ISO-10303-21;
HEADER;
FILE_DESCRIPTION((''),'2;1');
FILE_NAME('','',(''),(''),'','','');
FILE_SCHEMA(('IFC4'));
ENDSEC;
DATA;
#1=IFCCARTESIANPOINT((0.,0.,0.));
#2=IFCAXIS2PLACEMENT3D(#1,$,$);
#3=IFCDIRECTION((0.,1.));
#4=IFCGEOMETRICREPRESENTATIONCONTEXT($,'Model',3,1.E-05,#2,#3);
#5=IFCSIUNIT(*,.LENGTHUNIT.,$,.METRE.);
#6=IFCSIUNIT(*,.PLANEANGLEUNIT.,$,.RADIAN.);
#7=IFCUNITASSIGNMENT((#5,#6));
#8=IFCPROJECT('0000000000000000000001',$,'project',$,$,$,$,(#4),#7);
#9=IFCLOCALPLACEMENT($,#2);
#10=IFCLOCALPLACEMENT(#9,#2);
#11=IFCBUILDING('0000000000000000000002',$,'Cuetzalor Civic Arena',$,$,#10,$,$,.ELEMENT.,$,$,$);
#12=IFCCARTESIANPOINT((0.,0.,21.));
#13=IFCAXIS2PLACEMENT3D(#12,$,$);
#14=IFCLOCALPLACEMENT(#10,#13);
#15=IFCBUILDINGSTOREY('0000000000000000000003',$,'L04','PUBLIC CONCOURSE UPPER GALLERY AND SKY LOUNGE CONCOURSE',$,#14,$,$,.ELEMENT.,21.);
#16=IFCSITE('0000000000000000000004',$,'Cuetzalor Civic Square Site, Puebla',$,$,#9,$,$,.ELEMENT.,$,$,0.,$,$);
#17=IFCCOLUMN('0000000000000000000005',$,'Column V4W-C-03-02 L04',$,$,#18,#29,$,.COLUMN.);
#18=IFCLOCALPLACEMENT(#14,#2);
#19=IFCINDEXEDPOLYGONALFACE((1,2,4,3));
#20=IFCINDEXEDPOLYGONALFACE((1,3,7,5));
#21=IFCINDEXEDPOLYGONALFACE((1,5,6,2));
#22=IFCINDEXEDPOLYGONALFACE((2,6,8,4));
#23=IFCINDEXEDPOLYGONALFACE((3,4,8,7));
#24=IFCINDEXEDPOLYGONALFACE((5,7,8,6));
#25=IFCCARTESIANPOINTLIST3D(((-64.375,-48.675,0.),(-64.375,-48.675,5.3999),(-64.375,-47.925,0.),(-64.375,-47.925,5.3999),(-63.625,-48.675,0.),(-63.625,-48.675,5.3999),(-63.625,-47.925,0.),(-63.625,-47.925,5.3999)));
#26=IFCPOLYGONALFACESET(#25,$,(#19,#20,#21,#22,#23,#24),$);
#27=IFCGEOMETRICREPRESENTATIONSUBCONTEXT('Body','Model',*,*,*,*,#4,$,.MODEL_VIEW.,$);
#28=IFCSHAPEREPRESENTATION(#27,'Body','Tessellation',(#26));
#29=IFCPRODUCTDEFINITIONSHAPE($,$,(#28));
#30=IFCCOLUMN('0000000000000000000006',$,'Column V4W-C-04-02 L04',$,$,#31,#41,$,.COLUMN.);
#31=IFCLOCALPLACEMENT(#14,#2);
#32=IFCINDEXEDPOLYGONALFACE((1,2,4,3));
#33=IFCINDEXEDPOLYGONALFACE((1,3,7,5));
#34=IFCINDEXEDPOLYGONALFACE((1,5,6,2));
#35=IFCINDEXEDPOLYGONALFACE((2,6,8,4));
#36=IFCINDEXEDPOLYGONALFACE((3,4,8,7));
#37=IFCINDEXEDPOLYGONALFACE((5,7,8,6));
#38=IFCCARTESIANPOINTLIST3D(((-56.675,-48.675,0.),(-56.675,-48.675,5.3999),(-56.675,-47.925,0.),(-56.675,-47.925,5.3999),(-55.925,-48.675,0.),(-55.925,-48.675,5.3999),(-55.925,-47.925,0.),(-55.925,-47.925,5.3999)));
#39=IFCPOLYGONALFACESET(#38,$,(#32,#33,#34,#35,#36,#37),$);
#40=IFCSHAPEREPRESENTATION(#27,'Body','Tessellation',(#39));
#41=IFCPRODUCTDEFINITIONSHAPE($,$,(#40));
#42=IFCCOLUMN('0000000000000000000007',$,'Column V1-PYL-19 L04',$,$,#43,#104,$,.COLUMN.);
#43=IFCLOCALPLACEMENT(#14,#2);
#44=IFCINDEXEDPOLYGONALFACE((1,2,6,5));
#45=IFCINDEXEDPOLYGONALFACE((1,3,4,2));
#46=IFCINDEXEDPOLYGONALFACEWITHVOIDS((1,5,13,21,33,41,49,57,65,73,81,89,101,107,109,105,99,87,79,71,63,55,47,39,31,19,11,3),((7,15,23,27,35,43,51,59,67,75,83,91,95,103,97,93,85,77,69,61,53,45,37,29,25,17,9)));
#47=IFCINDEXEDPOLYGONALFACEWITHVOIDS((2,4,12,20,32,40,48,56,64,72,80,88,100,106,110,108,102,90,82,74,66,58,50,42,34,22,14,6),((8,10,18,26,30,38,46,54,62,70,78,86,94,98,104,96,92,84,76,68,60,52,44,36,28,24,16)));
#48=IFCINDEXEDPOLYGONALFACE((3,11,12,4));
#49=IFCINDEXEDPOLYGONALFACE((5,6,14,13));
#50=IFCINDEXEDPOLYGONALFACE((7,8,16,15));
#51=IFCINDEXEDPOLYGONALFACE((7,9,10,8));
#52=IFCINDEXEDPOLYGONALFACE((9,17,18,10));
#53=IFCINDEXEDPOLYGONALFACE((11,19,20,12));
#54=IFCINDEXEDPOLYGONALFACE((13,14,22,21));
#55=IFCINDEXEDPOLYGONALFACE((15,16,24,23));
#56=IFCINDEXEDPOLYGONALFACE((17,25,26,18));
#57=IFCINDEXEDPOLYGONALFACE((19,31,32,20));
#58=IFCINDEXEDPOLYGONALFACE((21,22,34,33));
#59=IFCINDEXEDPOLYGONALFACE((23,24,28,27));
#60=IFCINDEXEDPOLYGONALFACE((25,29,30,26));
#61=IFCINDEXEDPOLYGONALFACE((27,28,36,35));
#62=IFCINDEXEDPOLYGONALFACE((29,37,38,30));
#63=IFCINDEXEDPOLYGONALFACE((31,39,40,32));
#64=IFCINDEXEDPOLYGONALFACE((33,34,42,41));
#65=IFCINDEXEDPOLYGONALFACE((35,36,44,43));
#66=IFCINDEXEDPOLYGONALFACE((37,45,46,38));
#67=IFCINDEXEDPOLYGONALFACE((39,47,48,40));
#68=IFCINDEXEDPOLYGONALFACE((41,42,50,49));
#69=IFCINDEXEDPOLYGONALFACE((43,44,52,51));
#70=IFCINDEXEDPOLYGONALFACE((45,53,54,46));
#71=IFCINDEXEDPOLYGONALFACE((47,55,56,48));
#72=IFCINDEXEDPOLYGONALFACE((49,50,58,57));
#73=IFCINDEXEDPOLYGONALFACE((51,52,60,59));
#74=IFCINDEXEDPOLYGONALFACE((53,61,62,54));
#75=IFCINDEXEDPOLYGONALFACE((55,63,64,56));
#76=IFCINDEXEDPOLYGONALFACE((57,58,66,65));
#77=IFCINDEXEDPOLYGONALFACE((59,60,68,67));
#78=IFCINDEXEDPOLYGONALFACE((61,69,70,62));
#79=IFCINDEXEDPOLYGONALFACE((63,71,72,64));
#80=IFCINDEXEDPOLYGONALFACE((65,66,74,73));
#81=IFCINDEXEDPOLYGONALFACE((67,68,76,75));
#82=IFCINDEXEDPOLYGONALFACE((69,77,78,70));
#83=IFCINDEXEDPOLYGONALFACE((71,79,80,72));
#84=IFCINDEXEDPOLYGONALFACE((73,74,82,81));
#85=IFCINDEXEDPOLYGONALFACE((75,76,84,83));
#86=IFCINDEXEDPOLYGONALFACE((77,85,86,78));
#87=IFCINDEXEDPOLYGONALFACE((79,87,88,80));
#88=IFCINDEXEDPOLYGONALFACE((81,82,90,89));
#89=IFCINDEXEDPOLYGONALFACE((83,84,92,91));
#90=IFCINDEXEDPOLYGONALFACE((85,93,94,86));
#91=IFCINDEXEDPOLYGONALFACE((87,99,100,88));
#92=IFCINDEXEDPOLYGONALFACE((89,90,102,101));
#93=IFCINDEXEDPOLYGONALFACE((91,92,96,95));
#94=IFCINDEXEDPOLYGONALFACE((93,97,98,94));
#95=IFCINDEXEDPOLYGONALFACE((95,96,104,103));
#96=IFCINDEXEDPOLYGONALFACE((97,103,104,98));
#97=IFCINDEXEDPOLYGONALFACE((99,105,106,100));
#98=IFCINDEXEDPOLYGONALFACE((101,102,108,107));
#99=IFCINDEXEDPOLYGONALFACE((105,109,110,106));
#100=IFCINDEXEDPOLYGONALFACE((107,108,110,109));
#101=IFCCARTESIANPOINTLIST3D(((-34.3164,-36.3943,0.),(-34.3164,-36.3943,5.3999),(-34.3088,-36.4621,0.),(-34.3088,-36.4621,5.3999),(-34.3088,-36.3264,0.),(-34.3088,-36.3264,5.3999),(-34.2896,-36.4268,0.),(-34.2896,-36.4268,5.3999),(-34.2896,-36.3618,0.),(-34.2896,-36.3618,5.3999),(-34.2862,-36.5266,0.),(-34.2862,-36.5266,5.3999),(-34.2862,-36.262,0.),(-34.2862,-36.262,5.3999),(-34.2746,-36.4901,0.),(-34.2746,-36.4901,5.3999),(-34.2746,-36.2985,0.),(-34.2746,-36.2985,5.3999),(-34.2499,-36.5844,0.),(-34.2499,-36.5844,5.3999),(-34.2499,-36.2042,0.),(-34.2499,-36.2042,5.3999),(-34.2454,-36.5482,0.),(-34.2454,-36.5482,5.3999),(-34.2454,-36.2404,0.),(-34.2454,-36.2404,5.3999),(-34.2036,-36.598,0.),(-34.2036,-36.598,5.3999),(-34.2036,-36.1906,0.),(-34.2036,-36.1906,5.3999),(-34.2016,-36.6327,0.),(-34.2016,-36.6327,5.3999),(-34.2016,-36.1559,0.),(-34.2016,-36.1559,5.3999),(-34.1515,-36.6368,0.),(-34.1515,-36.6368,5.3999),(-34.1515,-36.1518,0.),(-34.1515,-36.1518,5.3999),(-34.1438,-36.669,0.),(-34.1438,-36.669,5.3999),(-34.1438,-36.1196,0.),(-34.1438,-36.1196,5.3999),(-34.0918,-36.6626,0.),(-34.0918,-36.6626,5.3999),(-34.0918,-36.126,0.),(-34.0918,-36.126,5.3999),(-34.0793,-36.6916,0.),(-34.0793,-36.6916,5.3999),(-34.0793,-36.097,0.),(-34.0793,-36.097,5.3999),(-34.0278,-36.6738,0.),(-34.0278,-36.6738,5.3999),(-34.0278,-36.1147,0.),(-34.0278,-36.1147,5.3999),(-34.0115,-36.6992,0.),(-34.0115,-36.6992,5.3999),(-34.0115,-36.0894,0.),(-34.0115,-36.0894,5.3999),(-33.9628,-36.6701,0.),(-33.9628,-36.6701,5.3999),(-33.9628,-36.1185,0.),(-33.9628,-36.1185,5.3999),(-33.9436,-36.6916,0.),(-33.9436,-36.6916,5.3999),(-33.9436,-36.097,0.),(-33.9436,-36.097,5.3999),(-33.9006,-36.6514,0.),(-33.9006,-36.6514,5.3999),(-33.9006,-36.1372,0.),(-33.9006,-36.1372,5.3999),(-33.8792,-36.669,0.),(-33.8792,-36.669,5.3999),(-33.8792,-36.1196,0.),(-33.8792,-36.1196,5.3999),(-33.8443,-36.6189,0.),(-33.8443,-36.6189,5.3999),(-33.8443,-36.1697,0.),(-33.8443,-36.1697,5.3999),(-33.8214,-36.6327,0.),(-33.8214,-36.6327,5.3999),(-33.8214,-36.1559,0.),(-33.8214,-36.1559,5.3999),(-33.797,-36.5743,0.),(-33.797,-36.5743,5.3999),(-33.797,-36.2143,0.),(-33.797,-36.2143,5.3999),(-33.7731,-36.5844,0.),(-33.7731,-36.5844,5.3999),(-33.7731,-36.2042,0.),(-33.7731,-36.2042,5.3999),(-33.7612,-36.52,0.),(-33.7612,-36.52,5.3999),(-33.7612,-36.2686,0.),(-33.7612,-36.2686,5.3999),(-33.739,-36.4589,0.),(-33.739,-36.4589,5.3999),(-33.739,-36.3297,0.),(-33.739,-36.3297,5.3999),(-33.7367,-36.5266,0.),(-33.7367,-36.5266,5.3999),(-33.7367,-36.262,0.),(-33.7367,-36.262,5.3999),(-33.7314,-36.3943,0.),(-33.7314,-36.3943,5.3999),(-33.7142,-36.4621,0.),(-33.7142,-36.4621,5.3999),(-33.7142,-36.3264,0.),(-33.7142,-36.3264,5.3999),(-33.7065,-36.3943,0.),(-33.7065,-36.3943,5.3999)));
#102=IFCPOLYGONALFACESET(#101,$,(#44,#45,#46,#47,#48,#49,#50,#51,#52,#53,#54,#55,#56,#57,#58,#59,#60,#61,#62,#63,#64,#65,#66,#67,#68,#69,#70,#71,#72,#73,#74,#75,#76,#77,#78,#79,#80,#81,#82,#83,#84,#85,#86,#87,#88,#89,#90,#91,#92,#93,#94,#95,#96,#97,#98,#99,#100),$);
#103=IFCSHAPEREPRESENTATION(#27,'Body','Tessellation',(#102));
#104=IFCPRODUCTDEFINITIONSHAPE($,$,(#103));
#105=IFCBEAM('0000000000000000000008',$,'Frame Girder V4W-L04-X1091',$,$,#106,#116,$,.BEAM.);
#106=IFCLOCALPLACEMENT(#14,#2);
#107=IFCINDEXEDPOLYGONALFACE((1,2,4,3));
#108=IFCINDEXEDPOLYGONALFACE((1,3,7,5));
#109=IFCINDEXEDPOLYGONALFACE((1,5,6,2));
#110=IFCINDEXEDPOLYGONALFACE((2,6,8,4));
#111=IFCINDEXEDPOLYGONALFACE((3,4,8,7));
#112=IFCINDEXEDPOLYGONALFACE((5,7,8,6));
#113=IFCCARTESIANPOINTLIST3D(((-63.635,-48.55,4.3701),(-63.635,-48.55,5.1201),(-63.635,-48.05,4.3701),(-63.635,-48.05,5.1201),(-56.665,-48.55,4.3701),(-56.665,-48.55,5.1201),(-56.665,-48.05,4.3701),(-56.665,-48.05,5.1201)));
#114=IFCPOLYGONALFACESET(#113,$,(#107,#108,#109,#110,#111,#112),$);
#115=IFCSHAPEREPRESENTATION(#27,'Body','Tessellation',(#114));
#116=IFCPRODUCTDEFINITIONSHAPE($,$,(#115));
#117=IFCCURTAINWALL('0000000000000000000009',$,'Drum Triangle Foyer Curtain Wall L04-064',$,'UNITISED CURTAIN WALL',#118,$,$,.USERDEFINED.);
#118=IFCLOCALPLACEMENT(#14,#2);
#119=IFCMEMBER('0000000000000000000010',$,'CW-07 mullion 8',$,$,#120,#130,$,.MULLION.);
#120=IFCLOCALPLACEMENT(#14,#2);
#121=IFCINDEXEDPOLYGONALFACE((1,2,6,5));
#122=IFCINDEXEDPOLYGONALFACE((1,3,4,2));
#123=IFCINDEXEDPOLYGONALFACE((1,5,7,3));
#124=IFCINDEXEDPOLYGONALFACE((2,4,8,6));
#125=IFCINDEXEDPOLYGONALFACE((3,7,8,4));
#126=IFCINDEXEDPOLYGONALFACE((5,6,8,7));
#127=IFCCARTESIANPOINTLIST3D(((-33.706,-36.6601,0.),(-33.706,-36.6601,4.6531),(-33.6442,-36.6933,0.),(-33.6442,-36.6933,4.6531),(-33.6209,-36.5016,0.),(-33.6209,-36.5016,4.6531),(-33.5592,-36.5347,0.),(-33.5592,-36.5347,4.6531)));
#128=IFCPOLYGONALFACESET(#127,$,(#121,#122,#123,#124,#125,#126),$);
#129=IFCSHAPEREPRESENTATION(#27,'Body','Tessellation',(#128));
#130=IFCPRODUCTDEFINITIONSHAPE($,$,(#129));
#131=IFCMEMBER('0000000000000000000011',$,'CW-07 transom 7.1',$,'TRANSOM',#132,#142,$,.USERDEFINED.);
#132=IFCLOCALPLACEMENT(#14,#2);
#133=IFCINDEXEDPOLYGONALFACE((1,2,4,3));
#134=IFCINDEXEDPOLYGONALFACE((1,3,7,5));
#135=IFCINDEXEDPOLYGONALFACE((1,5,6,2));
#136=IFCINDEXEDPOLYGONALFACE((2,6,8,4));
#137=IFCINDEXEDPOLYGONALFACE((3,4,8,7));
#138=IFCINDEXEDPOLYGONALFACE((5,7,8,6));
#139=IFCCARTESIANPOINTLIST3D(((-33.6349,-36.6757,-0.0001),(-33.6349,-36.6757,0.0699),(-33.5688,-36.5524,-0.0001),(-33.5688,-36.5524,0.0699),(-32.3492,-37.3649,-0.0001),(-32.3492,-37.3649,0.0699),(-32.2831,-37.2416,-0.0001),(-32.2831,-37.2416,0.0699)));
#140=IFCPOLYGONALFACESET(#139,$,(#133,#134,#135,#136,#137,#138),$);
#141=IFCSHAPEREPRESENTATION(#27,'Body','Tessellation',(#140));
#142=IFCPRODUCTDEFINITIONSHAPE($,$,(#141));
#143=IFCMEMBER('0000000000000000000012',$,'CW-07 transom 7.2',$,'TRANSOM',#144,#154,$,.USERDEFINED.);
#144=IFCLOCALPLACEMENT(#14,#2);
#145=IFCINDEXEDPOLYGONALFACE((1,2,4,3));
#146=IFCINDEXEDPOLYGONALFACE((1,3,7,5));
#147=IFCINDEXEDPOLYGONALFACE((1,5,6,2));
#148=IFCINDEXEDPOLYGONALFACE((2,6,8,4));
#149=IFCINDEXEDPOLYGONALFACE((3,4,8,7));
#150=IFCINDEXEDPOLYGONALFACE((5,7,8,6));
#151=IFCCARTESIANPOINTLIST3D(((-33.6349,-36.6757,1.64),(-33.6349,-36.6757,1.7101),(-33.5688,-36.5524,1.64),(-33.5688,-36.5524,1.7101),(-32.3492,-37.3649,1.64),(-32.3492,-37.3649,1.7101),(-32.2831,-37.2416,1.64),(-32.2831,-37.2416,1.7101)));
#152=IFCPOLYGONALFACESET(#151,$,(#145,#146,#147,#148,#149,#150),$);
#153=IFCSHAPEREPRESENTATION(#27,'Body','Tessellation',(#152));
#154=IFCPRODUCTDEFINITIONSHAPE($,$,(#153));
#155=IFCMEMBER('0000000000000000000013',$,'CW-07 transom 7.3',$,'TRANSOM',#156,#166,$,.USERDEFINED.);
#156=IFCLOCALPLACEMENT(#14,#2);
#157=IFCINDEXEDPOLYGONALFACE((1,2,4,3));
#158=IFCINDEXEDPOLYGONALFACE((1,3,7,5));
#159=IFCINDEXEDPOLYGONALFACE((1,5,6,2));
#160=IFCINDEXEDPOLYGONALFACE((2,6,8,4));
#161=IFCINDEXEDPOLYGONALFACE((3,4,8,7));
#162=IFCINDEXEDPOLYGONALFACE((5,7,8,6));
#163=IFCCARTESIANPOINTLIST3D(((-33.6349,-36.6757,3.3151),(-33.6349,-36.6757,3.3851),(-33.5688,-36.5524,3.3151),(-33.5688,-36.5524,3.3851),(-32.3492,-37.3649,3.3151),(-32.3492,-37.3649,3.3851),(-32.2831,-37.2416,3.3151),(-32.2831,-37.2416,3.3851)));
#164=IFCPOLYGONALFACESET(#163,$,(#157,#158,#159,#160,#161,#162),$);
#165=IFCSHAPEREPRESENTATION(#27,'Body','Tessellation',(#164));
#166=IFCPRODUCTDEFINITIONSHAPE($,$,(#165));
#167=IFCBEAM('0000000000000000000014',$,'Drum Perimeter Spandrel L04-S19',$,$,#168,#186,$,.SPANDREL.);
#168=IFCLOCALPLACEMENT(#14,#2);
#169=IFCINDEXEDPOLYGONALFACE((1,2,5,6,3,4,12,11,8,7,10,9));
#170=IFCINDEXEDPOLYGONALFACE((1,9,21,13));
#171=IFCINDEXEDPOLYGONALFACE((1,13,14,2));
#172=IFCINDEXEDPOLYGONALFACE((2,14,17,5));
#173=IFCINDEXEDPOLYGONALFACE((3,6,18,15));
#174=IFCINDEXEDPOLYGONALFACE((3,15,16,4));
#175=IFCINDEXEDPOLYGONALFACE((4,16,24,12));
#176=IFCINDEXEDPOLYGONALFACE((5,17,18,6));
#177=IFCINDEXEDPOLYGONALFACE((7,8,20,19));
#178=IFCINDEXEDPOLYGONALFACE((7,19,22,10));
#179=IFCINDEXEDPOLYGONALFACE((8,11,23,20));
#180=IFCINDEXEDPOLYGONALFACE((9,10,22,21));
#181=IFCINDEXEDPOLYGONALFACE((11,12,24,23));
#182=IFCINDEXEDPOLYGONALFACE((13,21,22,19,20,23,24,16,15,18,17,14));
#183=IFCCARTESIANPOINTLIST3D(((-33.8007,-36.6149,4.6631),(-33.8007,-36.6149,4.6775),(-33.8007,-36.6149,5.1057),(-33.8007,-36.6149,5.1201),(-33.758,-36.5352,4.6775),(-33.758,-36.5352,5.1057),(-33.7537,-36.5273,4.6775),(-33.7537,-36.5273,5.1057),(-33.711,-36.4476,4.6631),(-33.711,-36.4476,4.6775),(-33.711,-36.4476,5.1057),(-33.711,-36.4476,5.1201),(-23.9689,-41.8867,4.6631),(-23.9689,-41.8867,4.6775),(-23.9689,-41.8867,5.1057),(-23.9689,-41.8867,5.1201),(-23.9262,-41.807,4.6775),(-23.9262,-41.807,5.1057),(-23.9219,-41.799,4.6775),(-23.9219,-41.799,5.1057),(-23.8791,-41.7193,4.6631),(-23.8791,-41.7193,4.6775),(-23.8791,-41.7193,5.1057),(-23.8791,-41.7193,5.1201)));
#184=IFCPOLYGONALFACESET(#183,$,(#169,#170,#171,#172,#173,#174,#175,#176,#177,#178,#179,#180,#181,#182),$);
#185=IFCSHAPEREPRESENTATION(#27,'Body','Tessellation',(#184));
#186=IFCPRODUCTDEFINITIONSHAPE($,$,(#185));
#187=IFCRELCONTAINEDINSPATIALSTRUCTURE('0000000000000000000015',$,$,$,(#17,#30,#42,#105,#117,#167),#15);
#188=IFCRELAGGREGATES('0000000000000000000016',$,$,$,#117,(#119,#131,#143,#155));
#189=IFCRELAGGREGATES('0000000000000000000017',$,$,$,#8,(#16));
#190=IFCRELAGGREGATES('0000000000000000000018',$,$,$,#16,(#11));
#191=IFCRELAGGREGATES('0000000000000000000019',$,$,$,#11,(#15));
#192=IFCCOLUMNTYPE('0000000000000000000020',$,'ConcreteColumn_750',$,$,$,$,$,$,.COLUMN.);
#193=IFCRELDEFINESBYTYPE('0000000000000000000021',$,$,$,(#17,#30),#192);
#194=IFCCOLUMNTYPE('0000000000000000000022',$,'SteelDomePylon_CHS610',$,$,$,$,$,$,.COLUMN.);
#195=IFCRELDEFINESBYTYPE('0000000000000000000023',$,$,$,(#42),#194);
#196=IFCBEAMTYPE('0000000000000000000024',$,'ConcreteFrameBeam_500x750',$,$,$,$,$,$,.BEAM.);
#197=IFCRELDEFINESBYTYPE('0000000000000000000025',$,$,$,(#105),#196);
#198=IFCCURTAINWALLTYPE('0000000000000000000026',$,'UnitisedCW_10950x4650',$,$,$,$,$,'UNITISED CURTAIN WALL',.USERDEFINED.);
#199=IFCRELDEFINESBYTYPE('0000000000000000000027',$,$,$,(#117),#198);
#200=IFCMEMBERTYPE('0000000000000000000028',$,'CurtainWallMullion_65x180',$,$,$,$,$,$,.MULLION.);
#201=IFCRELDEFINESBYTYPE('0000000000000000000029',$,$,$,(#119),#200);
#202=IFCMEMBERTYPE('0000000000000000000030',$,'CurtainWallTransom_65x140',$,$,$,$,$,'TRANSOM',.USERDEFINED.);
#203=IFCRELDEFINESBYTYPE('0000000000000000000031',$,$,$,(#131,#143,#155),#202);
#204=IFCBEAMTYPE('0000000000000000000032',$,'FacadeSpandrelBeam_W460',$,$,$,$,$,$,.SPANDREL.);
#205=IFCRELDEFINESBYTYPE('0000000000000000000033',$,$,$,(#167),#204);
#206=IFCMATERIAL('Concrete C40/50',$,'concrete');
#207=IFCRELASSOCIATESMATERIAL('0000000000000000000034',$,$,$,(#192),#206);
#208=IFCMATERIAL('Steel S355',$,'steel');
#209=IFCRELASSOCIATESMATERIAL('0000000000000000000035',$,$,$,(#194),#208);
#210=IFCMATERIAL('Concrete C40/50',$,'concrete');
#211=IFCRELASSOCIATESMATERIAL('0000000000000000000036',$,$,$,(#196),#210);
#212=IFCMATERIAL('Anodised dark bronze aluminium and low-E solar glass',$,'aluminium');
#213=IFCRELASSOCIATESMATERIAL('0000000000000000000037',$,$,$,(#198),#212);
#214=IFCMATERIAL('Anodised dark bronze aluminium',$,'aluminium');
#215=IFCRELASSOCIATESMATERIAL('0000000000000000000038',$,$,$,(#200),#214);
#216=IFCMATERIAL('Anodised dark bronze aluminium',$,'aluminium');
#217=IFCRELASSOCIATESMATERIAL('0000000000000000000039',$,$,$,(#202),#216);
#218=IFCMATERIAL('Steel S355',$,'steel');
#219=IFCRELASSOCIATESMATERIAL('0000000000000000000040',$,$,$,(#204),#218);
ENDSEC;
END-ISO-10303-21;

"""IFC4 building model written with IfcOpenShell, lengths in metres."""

from ifc_helpers import new_model, si_unit, direction, frame, origin, origin_2d, place, context, subcontext, project, spatial, rectangle, hollow_circle, i_section, extrude, material, material_profile, profile_set, type_object, element, aggregate, save


model = new_model("IFC4")

# Units and contexts
model_context = context("Model", 3, precision=1e-05, world=origin(), true_north=direction((0.0, 1.0)))
body_context = subcontext(model_context, "Body", "Model", "MODEL_VIEW")
ifc_project = project(units=[si_unit("LENGTHUNIT", "METRE"), si_unit("PLANEANGLEUNIT", "RADIAN")], contexts=[model_context])

# Site, building, storey
site_placement = place(None, origin())
site = spatial("IfcSite", under=ifc_project, at=site_placement, Name="Cuetzalor Civic Square Site, Puebla", CompositionType="ELEMENT", RefElevation=0.0)
building_placement = place(site_placement, origin())
building = spatial("IfcBuilding", under=site, at=building_placement, Name="Cuetzalor Civic Arena", CompositionType="ELEMENT")
storey_placement = place(building_placement, frame((0.0, 0.0, 21.0)))
storey = spatial("IfcBuildingStorey", under=building, at=storey_placement, Name="L04", Description="PUBLIC CONCOURSE UPPER GALLERY AND SKY LOUNGE CONCOURSE", CompositionType="ELEMENT", Elevation=21.0)

# Columns
ifc_material_1 = material(Name="Concrete C40/50", Category="concrete")
ifc_material_profile_1 = material_profile(ifc_material_1, rectangle(XDim=0.75, YDim=0.75, at=origin_2d()), Name="RC 750x750")
ifc_profile_set_1 = profile_set([ifc_material_profile_1], Name="Concrete C40/50")
column_type_1 = type_object("IfcColumnType", Name="ConcreteColumn_750", PredefinedType="COLUMN", material=ifc_profile_set_1)
for number, where, z_axis, x_axis, name in (
    (1, (-64.0, -48.3, 0.0), (0.0, 0.0, 1.0), (1.0, 0.0, 0.0), "Column V4W-C-03-02 L04"),
    (2, (-56.3, -48.3, 0.0), (0.0, 0.0, 1.0), (1.0, 0.0, 0.0), "Column V4W-C-04-02 L04"),
):
    element("IfcColumn", number, at=place(storey_placement, frame(where, z_axis=z_axis, x_axis=x_axis)), inside=storey, type_object=column_type_1, Name=name, PredefinedType="COLUMN", context=body_context, shape_type="SweptSolid", body=[
        extrude(rectangle(XDim=0.75, YDim=0.75, at=origin_2d()), origin(), (0.0, 0.0, 1.0), 5.3999),
    ])
ifc_material_2 = material(Name="Steel S355", Category="steel")
ifc_material_profile_2 = material_profile(ifc_material_2, hollow_circle(Radius=0.3049, WallThickness=0.0249, at=origin_2d()), Name="CHS 610x25")
ifc_profile_set_2 = profile_set([ifc_material_profile_2], Name="Steel S355")
column_type_2 = type_object("IfcColumnType", Name="SteelDomePylon_CHS610", PredefinedType="COLUMN", material=ifc_profile_set_2)
column_placement = place(storey_placement, frame((-34.0115, -36.3943, 0.0), z_axis=(0.0, 0.0, 1.0), x_axis=(1.0, 0.0, 0.0)))
element("IfcColumn", 3, at=column_placement, inside=storey, type_object=column_type_2, Name="Column V1-PYL-19 L04", PredefinedType="COLUMN", context=body_context, shape_type="SweptSolid", body=[
    extrude(hollow_circle(Radius=0.3049, WallThickness=0.0249, at=origin_2d()), origin(), (0.0, 0.0, 1.0), 5.3999),
])

# Beam
ifc_material_3 = material(Name="Concrete C40/50", Category="concrete")
ifc_material_profile_3 = material_profile(ifc_material_3, rectangle(XDim=0.5, YDim=0.75, at=origin_2d()), Name="RC 500x750")
ifc_profile_set_3 = profile_set([ifc_material_profile_3], Name="Concrete C40/50")
beam_type_1 = type_object("IfcBeamType", Name="ConcreteFrameBeam_500x750", PredefinedType="BEAM", material=ifc_profile_set_3)
beam_1_placement = place(storey_placement, frame((-63.635, -48.3, 4.7451), z_axis=(1.0, 0.0, 0.0), x_axis=(0.0, 1.0, 0.0)))
element("IfcBeam", 4, at=beam_1_placement, inside=storey, type_object=beam_type_1, Name="Frame Girder V4W-L04-X1091", PredefinedType="BEAM", context=body_context, shape_type="SweptSolid", body=[
    extrude(rectangle(XDim=0.5, YDim=0.75, at=origin_2d()), origin(), (0.0, 0.0, 1.0), 6.97),
])

# Curtain wall, members
ifc_material_4 = material(Name="Anodised dark bronze aluminium and low-E solar glass", Category="aluminium")
curtain_wall_type = type_object("IfcCurtainWallType", Name="UnitisedCW_10950x4650", ElementType="UNITISED CURTAIN WALL", PredefinedType="USERDEFINED", material=ifc_material_4)
curtain_wall_placement = place(storey_placement, origin())
curtain_wall = element("IfcCurtainWall", 5, at=curtain_wall_placement, inside=storey, type_object=curtain_wall_type, Name="Drum Triangle Foyer Curtain Wall L04-064", ObjectType="UNITISED CURTAIN WALL", PredefinedType="USERDEFINED")
ifc_material_5 = material(Name="Anodised dark bronze aluminium", Category="aluminium")
ifc_material_profile_4 = material_profile(ifc_material_5, rectangle(XDim=0.0701, YDim=0.1799, at=origin_2d()), Name="ALU MULLION 70x180")
ifc_profile_set_4 = profile_set([ifc_material_profile_4], Name="Anodised dark bronze aluminium")
member_type_1 = type_object("IfcMemberType", Name="CurtainWallMullion_65x180", PredefinedType="MULLION", material=ifc_profile_set_4)
member_1_placement = place(storey_placement, frame((-33.6326, -36.5974, 0.0), z_axis=(0.0, 0.0, 1.0), x_axis=(-0.881306, 0.472545, 0.0)))
member_1 = element("IfcMember", 6, at=member_1_placement, type_object=member_type_1, Name="CW-07 mullion 8", PredefinedType="MULLION", context=body_context, shape_type="SweptSolid", body=[
    extrude(rectangle(XDim=0.0701, YDim=0.1799, at=origin_2d()), origin(), (0.0, 0.0, 1.0), 4.6531),
])
ifc_material_6 = material(Name="Anodised dark bronze aluminium", Category="aluminium")
ifc_material_profile_5 = material_profile(ifc_material_6, rectangle(XDim=0.1399, YDim=0.0701, at=origin_2d()), Name="ALU TRANSOM 70x140")
ifc_profile_set_5 = profile_set([ifc_material_profile_5], Name="Anodised dark bronze aluminium")
member_type_2 = type_object("IfcMemberType", Name="CurtainWallTransom_65x140", ElementType="TRANSOM", PredefinedType="USERDEFINED", material=ifc_profile_set_5)
member_2_placement = place(storey_placement, frame((-32.3162, -37.3032, 0.0349), z_axis=(-0.881346, 0.472472, 0.0), x_axis=(-0.472472, -0.881346, 0.0)))
member_2 = element("IfcMember", 7, at=member_2_placement, type_object=member_type_2, Name="CW-07 transom 7.1", ObjectType="TRANSOM", PredefinedType="USERDEFINED", context=body_context, shape_type="SweptSolid", body=[
    extrude(rectangle(XDim=0.1399, YDim=0.0701, at=origin_2d()), origin(), (0.0, 0.0, 1.0), 1.4587),
])
member_3_placement = place(storey_placement, frame((-32.3162, -37.3032, 1.675), z_axis=(-0.881346, 0.472472, 0.0), x_axis=(-0.472472, -0.881346, 0.0)))
member_3 = element("IfcMember", 8, at=member_3_placement, type_object=member_type_2, Name="CW-07 transom 7.2", ObjectType="TRANSOM", PredefinedType="USERDEFINED", context=body_context, shape_type="SweptSolid", body=[
    extrude(rectangle(XDim=0.1399, YDim=0.0701, at=origin_2d()), origin(), (0.0, 0.0, 1.0), 1.4587),
])
member_4_placement = place(storey_placement, frame((-32.3162, -37.3032, 3.3501), z_axis=(-0.881346, 0.472472, 0.0), x_axis=(-0.472472, -0.881346, 0.0)))
member_4 = element("IfcMember", 9, at=member_4_placement, type_object=member_type_2, Name="CW-07 transom 7.3", ObjectType="TRANSOM", PredefinedType="USERDEFINED", context=body_context, shape_type="SweptSolid", body=[
    extrude(rectangle(XDim=0.1399, YDim=0.0701, at=origin_2d()), origin(), (0.0, 0.0, 1.0), 1.4587),
])

# Beam
ifc_material_7 = material(Name="Steel S355", Category="steel")
ifc_material_profile_6 = material_profile(ifc_material_7, i_section(OverallWidth=0.1899, OverallDepth=0.457, WebThickness=0.009, FlangeThickness=0.0144, at=origin_2d()), Name="W460x74")
ifc_profile_set_6 = profile_set([ifc_material_profile_6], Name="Steel S355")
beam_type_2 = type_object("IfcBeamType", Name="FacadeSpandrelBeam_W460", PredefinedType="SPANDREL", material=ifc_profile_set_6)
beam_2_placement = place(storey_placement, frame((-33.7559, -36.5312, 4.8916), z_axis=(0.881305, -0.472549, 0.0), x_axis=(0.472549, 0.881305, 0.0)))
element("IfcBeam", 10, at=beam_2_placement, inside=storey, type_object=beam_type_2, Name="Drum Perimeter Spandrel L04-S19", PredefinedType="SPANDREL", context=body_context, shape_type="SweptSolid", body=[
    extrude(i_section(OverallWidth=0.1899, OverallDepth=0.457, WebThickness=0.009, FlangeThickness=0.0144, at=origin_2d()), origin(), (0.0, 0.0, 1.0), 11.156),
])

aggregate(curtain_wall, [member_1, member_2, member_3, member_4])

save(model, "model.ifc")
